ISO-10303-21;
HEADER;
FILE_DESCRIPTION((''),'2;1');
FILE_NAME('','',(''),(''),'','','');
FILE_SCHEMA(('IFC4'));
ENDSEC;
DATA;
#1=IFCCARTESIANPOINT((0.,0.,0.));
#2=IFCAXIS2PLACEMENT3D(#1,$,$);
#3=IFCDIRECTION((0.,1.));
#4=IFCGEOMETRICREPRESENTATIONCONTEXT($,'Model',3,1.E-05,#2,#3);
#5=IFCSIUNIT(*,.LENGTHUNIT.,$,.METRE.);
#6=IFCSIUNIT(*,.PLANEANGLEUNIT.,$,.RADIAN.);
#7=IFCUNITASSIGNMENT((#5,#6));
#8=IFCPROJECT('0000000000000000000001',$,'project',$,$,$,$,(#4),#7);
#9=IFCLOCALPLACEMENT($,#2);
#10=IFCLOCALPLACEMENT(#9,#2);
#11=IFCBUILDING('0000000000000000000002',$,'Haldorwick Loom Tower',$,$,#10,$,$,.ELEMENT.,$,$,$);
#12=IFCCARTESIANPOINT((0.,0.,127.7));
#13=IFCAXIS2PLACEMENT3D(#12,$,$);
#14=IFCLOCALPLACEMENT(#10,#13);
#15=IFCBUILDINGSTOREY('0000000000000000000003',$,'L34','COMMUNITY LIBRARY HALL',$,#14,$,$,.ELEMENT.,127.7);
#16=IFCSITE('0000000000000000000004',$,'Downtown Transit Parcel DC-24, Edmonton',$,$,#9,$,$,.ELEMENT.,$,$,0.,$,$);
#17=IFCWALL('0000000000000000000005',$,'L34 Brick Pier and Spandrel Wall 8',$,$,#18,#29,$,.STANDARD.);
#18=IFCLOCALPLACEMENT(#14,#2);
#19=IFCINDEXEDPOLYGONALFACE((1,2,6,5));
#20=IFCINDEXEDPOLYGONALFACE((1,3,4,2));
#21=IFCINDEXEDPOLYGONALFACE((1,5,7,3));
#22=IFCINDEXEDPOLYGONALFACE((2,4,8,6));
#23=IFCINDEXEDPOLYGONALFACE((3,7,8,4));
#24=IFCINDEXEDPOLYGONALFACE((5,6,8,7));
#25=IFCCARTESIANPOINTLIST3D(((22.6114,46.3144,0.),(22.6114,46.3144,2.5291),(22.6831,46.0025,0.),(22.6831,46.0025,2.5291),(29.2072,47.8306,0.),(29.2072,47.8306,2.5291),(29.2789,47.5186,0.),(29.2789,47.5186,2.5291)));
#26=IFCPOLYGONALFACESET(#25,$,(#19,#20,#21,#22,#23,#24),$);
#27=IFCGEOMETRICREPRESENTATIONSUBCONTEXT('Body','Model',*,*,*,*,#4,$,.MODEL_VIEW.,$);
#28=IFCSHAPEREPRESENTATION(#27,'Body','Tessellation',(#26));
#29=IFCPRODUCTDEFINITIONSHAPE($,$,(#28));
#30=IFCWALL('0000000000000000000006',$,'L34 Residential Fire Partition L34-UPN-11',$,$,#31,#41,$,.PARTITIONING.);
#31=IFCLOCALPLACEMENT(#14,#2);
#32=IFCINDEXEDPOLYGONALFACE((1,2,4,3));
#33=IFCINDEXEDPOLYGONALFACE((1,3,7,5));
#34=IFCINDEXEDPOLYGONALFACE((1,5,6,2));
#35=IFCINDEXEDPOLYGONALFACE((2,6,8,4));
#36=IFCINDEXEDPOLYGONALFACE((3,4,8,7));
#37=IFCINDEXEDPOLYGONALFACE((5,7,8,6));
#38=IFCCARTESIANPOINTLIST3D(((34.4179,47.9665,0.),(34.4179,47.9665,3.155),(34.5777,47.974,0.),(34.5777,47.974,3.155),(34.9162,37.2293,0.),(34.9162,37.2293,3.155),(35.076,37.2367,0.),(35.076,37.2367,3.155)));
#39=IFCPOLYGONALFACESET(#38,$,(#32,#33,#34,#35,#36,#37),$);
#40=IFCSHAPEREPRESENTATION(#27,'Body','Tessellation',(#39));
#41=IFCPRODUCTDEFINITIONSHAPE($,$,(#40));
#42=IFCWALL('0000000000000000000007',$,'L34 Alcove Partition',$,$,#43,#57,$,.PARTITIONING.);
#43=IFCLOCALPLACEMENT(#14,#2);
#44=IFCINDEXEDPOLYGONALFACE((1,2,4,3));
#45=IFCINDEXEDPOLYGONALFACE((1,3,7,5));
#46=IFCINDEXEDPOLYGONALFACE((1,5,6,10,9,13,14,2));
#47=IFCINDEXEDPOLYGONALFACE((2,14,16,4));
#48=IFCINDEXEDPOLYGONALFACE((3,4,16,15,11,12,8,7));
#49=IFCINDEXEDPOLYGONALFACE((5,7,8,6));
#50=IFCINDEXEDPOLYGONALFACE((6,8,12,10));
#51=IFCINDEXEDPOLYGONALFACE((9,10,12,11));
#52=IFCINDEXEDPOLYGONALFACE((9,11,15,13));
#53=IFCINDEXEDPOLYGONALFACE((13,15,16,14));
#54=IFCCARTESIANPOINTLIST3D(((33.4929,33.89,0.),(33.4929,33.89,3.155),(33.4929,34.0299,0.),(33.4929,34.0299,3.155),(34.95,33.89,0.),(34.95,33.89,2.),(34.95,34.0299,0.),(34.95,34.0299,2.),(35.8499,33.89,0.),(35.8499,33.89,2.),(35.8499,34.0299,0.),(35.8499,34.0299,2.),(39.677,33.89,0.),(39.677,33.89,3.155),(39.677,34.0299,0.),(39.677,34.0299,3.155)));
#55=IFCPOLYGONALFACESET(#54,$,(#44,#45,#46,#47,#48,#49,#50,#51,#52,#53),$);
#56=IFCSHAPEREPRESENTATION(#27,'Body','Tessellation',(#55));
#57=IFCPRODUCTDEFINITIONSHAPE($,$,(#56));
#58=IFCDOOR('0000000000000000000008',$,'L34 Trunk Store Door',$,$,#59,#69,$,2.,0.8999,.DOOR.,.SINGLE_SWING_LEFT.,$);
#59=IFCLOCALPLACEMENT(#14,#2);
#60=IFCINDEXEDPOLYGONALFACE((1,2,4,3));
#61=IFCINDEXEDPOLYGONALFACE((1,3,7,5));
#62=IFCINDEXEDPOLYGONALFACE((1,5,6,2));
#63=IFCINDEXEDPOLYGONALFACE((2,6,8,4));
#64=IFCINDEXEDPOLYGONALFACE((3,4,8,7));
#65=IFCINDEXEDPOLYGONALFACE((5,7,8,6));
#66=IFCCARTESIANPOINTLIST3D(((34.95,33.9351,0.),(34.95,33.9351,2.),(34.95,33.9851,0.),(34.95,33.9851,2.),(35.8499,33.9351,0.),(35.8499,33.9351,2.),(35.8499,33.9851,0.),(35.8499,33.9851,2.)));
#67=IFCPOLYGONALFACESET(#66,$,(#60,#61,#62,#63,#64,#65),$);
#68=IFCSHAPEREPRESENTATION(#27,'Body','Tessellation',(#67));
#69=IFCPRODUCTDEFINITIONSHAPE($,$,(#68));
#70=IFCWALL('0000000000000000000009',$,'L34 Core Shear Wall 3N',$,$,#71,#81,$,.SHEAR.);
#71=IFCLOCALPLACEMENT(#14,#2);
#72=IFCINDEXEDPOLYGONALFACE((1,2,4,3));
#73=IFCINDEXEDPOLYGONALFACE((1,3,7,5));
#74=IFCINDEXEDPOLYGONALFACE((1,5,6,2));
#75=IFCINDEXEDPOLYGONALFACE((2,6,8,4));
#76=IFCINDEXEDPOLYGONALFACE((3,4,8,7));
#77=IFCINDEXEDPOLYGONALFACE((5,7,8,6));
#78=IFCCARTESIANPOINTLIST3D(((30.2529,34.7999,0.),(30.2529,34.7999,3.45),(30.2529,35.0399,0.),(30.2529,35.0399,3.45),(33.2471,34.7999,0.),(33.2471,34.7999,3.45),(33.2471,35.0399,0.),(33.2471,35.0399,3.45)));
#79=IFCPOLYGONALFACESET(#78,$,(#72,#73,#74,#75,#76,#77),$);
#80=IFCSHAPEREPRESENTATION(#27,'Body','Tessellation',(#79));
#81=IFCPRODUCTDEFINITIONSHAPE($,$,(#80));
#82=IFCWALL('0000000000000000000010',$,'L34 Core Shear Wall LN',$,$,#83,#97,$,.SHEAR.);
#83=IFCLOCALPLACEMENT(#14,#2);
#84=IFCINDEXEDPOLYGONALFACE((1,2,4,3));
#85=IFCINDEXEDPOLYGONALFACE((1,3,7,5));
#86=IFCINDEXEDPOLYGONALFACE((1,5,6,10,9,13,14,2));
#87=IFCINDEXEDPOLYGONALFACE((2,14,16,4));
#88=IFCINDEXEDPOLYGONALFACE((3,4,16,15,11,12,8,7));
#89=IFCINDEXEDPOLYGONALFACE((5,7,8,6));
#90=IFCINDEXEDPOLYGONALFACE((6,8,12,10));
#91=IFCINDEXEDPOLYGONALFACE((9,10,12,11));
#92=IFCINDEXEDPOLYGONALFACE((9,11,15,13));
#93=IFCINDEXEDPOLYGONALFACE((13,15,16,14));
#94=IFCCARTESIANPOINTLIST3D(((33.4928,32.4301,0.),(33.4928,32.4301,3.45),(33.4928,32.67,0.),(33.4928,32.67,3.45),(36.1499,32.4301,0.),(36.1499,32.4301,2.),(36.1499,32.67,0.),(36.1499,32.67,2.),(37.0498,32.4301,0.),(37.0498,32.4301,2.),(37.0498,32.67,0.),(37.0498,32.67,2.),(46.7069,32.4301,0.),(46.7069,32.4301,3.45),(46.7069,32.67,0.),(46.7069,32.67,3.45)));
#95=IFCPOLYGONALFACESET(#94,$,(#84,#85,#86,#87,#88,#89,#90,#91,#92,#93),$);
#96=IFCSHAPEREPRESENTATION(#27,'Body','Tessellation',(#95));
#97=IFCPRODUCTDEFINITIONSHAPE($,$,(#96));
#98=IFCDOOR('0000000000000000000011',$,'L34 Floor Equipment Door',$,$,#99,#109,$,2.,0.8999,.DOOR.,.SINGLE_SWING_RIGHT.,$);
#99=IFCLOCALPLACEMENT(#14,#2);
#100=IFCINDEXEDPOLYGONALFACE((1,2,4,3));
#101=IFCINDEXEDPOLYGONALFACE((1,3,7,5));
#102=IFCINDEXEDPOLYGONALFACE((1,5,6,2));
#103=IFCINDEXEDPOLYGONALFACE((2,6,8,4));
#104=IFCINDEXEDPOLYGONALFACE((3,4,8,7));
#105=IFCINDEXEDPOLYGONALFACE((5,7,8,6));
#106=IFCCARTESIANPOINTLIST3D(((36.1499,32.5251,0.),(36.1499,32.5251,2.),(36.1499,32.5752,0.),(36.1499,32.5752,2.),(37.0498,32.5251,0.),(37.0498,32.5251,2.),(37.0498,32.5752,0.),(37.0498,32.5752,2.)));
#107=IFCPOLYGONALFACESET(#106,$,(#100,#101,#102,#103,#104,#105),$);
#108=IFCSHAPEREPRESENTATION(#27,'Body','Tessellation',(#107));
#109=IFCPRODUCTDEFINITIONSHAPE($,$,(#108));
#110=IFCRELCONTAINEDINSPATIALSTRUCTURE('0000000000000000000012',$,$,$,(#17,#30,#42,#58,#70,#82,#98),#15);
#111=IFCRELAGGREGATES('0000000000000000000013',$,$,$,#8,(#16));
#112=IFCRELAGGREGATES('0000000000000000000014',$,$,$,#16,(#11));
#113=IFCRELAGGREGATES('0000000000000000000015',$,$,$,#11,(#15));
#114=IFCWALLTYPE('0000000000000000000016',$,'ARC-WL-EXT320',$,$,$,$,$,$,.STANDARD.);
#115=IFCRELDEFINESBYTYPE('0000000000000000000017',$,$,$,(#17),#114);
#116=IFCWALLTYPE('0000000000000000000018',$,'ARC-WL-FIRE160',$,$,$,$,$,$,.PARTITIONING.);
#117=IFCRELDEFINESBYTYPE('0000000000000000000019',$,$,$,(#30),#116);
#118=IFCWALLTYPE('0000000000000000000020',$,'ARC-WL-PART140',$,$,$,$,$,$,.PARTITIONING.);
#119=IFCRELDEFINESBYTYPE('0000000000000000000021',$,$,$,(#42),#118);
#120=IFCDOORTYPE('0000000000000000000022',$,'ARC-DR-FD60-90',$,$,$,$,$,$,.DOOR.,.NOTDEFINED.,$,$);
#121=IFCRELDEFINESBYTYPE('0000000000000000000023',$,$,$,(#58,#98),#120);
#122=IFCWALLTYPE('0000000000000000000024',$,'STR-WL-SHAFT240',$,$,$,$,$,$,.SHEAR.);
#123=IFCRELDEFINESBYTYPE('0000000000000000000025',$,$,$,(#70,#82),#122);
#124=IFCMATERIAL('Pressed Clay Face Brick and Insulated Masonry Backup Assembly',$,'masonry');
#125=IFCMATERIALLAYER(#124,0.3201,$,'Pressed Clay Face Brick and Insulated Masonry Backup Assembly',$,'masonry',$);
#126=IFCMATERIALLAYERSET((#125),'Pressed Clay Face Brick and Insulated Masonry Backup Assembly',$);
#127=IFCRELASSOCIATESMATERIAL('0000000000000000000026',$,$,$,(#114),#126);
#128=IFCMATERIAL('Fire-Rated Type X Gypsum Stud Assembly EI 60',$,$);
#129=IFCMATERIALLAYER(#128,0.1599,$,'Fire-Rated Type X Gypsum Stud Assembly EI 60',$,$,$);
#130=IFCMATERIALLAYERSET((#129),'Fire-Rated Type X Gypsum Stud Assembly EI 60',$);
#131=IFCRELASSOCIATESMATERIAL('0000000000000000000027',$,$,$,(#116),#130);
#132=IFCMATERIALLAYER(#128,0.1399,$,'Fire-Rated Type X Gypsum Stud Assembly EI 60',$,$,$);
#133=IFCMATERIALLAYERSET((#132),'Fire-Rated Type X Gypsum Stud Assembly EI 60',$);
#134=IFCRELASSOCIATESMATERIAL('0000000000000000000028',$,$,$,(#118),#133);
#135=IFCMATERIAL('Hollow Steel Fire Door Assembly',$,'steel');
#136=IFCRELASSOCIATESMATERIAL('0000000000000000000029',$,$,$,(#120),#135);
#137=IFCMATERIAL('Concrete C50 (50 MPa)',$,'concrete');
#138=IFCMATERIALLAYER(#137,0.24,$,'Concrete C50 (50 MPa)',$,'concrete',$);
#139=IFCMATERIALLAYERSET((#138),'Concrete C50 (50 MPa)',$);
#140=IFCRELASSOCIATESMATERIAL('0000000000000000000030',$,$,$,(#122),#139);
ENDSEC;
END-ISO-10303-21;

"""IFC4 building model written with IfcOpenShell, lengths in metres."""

from ifc_helpers import new_model, si_unit, direction, frame, frame_2d, origin, place, context, subcontext, project, spatial, rectangle, extrude, material, layer, layer_set, type_object, element, fill, save


model = new_model("IFC4")

# Units and contexts
model_context = context("Model", 3, precision=1e-05, world=origin(), true_north=direction((0.0, 1.0)))
body_context = subcontext(model_context, "Body", "Model", "MODEL_VIEW")
ifc_project = project(units=[si_unit("LENGTHUNIT", "METRE"), si_unit("PLANEANGLEUNIT", "RADIAN")], contexts=[model_context])

# Site, building, storey
site_placement = place(None, origin())
site = spatial("IfcSite", under=ifc_project, at=site_placement, Name="Downtown Transit Parcel DC-24, Edmonton", CompositionType="ELEMENT", RefElevation=0.0)
building_placement = place(site_placement, origin())
building = spatial("IfcBuilding", under=site, at=building_placement, Name="Haldorwick Loom Tower", CompositionType="ELEMENT")
storey_placement = place(building_placement, frame((0.0, 0.0, 127.7)))
storey = spatial("IfcBuildingStorey", under=building, at=storey_placement, Name="L34", Description="COMMUNITY LIBRARY HALL", CompositionType="ELEMENT", Elevation=127.7)

# Walls
ifc_material_1 = material(Name="Pressed Clay Face Brick and Insulated Masonry Backup Assembly", Category="masonry")
ifc_layer_1 = layer(ifc_material_1, 0.3201, Name="Pressed Clay Face Brick and Insulated Masonry Backup Assembly", Category="masonry")
ifc_layer_set_1 = layer_set([ifc_layer_1], Name="Pressed Clay Face Brick and Insulated Masonry Backup Assembly")
wall_type_1 = type_object("IfcWallType", Name="ARC-WL-EXT320", PredefinedType="STANDARD", material=ifc_layer_set_1)
wall_1_placement = place(storey_placement, frame((29.2429, 47.6746, 0.0), z_axis=(0.0, 0.0, 1.0), x_axis=(-0.974584, -0.224022, 0.0)))
element("IfcWall", 1, at=wall_1_placement, inside=storey, type_object=wall_type_1, Name="L34 Brick Pier and Spandrel Wall 8", PredefinedType="STANDARD", context=body_context, shape_type="SweptSolid", body=[
    extrude(rectangle(XDim=6.7678, YDim=0.3201, at=frame_2d((3.3838, 0.0))), origin(), (0.0, 0.0, 1.0), 2.5291),
])
ifc_material_2 = material(Name="Fire-Rated Type X Gypsum Stud Assembly EI 60")
ifc_layer_2 = layer(ifc_material_2, 0.1599, Name="Fire-Rated Type X Gypsum Stud Assembly EI 60")
ifc_layer_set_2 = layer_set([ifc_layer_2], Name="Fire-Rated Type X Gypsum Stud Assembly EI 60")
wall_type_2 = type_object("IfcWallType", Name="ARC-WL-FIRE160", PredefinedType="PARTITIONING", material=ifc_layer_set_2)
wall_2_placement = place(storey_placement, frame((34.9961, 37.2329, 0.0), z_axis=(0.0, 0.0, 1.0), x_axis=(-0.046358, 0.998925, 0.0)))
element("IfcWall", 2, at=wall_2_placement, inside=storey, type_object=wall_type_2, Name="L34 Residential Fire Partition L34-UPN-11", PredefinedType="PARTITIONING", context=body_context, shape_type="SweptSolid", body=[
    extrude(rectangle(XDim=10.7488, YDim=0.1599, at=frame_2d((5.3745, 0.0))), origin(), (0.0, 0.0, 1.0), 3.155),
])

# Wall, opening, door
ifc_layer_3 = layer(ifc_material_2, 0.1399, Name="Fire-Rated Type X Gypsum Stud Assembly EI 60")
ifc_layer_set_3 = layer_set([ifc_layer_3], Name="Fire-Rated Type X Gypsum Stud Assembly EI 60")
wall_type_3 = type_object("IfcWallType", Name="ARC-WL-PART140", PredefinedType="PARTITIONING", material=ifc_layer_set_3)
wall_3_placement = place(storey_placement, frame((33.4929, 33.96, 0.0), z_axis=(0.0, 0.0, 1.0), x_axis=(1.0, 0.0, 0.0)))
wall_3 = element("IfcWall", 3, at=wall_3_placement, inside=storey, type_object=wall_type_3, Name="L34 Alcove Partition", PredefinedType="PARTITIONING", context=body_context, shape_type="SweptSolid", body=[
    extrude(rectangle(XDim=6.1841, YDim=0.1399, at=frame_2d((3.092, 0.0))), origin(), (0.0, 0.0, 1.0), 3.155),
])
opening_1_placement = place(wall_3_placement, frame((1.457, 0.0, 0.0)))
opening_1 = element("IfcOpeningElement", 4, at=opening_1_placement, cuts=wall_3, PredefinedType="OPENING", context=body_context, shape_type="SweptSolid", body=[
    extrude(rectangle(XDim=0.8999, YDim=2.0, at=frame_2d((0.45, 1.0))), frame((0.0, 0.0798, 0.0), z_axis=(0.0, -1.0, 0.0), x_axis=(1.0, 0.0, 0.0)), (0.0, 0.0, 1.0), 0.1599),
])
ifc_material_3 = material(Name="Hollow Steel Fire Door Assembly", Category="steel")
door_type = type_object("IfcDoorType", Name="ARC-DR-FD60-90", OperationType="NOTDEFINED", PredefinedType="DOOR", material=ifc_material_3)
door_1_placement = place(opening_1_placement, frame((0.8999, 0.0, 0.0), z_axis=(0.0, 0.0, 1.0), x_axis=(-1.0, 0.0, 0.0)))
door_1 = element("IfcDoor", 5, at=door_1_placement, inside=storey, type_object=door_type, Name="L34 Trunk Store Door", OperationType="SINGLE_SWING_LEFT", OverallHeight=2.0, OverallWidth=0.8999, PredefinedType="DOOR", context=body_context, shape_type="SweptSolid", body=[
    extrude(rectangle(XDim=0.8999, YDim=2.0, at=frame_2d((0.45, 1.0))), frame((0.0, 0.0249, 0.0), z_axis=(0.0, -1.0, 0.0), x_axis=(1.0, 0.0, 0.0)), (0.0, 0.0, 1.0), 0.05),
])
fill(opening_1, door_1)

# Wall
ifc_material_4 = material(Name="Concrete C50 (50 MPa)", Category="concrete")
ifc_layer_4 = layer(ifc_material_4, 0.24, Name="Concrete C50 (50 MPa)", Category="concrete")
ifc_layer_set_4 = layer_set([ifc_layer_4], Name="Concrete C50 (50 MPa)")
wall_type_4 = type_object("IfcWallType", Name="STR-WL-SHAFT240", PredefinedType="SHEAR", material=ifc_layer_set_4)
wall_4_placement = place(storey_placement, frame((30.2529, 34.9199, 0.0), z_axis=(0.0, 0.0, 1.0), x_axis=(1.0, 0.0, 0.0)))
element("IfcWall", 6, at=wall_4_placement, inside=storey, type_object=wall_type_4, Name="L34 Core Shear Wall 3N", PredefinedType="SHEAR", context=body_context, shape_type="SweptSolid", body=[
    extrude(rectangle(XDim=2.9941, YDim=0.24, at=frame_2d((1.4971, 0.0))), origin(), (0.0, 0.0, 1.0), 3.45),
])

# Wall, opening, door
wall_5_placement = place(storey_placement, frame((33.4929, 32.55, 0.0), z_axis=(0.0, 0.0, 1.0), x_axis=(1.0, 0.0, 0.0)))
wall_5 = element("IfcWall", 7, at=wall_5_placement, inside=storey, type_object=wall_type_4, Name="L34 Core Shear Wall LN", PredefinedType="SHEAR", context=body_context, shape_type="SweptSolid", body=[
    extrude(rectangle(XDim=13.2141, YDim=0.24, at=frame_2d((6.6069, 0.0))), origin(), (0.0, 0.0, 1.0), 3.45),
])
opening_2_placement = place(wall_5_placement, frame((2.657, 0.0, 0.0)))
opening_2 = element("IfcOpeningElement", 8, at=opening_2_placement, cuts=wall_5, PredefinedType="OPENING", context=body_context, shape_type="SweptSolid", body=[
    extrude(rectangle(XDim=0.8999, YDim=2.0, at=frame_2d((0.45, 1.0))), frame((0.0, 0.1299, 0.0), z_axis=(0.0, -1.0, 0.0), x_axis=(1.0, 0.0, 0.0)), (0.0, 0.0, 1.0), 0.26),
])
door_2_placement = place(opening_2_placement, frame((0.8999, 0.0, 0.0), z_axis=(0.0, 0.0, 1.0), x_axis=(-1.0, 0.0, 0.0)))
door_2 = element("IfcDoor", 9, at=door_2_placement, inside=storey, type_object=door_type, Name="L34 Floor Equipment Door", OperationType="SINGLE_SWING_RIGHT", OverallHeight=2.0, OverallWidth=0.8999, PredefinedType="DOOR", context=body_context, shape_type="SweptSolid", body=[
    extrude(rectangle(XDim=0.8999, YDim=2.0, at=frame_2d((0.45, 1.0))), frame((0.0, 0.0249, 0.0), z_axis=(0.0, -1.0, 0.0), x_axis=(1.0, 0.0, 0.0)), (0.0, 0.0, 1.0), 0.05),
])
fill(opening_2, door_2)

save(model, "model.ifc")
